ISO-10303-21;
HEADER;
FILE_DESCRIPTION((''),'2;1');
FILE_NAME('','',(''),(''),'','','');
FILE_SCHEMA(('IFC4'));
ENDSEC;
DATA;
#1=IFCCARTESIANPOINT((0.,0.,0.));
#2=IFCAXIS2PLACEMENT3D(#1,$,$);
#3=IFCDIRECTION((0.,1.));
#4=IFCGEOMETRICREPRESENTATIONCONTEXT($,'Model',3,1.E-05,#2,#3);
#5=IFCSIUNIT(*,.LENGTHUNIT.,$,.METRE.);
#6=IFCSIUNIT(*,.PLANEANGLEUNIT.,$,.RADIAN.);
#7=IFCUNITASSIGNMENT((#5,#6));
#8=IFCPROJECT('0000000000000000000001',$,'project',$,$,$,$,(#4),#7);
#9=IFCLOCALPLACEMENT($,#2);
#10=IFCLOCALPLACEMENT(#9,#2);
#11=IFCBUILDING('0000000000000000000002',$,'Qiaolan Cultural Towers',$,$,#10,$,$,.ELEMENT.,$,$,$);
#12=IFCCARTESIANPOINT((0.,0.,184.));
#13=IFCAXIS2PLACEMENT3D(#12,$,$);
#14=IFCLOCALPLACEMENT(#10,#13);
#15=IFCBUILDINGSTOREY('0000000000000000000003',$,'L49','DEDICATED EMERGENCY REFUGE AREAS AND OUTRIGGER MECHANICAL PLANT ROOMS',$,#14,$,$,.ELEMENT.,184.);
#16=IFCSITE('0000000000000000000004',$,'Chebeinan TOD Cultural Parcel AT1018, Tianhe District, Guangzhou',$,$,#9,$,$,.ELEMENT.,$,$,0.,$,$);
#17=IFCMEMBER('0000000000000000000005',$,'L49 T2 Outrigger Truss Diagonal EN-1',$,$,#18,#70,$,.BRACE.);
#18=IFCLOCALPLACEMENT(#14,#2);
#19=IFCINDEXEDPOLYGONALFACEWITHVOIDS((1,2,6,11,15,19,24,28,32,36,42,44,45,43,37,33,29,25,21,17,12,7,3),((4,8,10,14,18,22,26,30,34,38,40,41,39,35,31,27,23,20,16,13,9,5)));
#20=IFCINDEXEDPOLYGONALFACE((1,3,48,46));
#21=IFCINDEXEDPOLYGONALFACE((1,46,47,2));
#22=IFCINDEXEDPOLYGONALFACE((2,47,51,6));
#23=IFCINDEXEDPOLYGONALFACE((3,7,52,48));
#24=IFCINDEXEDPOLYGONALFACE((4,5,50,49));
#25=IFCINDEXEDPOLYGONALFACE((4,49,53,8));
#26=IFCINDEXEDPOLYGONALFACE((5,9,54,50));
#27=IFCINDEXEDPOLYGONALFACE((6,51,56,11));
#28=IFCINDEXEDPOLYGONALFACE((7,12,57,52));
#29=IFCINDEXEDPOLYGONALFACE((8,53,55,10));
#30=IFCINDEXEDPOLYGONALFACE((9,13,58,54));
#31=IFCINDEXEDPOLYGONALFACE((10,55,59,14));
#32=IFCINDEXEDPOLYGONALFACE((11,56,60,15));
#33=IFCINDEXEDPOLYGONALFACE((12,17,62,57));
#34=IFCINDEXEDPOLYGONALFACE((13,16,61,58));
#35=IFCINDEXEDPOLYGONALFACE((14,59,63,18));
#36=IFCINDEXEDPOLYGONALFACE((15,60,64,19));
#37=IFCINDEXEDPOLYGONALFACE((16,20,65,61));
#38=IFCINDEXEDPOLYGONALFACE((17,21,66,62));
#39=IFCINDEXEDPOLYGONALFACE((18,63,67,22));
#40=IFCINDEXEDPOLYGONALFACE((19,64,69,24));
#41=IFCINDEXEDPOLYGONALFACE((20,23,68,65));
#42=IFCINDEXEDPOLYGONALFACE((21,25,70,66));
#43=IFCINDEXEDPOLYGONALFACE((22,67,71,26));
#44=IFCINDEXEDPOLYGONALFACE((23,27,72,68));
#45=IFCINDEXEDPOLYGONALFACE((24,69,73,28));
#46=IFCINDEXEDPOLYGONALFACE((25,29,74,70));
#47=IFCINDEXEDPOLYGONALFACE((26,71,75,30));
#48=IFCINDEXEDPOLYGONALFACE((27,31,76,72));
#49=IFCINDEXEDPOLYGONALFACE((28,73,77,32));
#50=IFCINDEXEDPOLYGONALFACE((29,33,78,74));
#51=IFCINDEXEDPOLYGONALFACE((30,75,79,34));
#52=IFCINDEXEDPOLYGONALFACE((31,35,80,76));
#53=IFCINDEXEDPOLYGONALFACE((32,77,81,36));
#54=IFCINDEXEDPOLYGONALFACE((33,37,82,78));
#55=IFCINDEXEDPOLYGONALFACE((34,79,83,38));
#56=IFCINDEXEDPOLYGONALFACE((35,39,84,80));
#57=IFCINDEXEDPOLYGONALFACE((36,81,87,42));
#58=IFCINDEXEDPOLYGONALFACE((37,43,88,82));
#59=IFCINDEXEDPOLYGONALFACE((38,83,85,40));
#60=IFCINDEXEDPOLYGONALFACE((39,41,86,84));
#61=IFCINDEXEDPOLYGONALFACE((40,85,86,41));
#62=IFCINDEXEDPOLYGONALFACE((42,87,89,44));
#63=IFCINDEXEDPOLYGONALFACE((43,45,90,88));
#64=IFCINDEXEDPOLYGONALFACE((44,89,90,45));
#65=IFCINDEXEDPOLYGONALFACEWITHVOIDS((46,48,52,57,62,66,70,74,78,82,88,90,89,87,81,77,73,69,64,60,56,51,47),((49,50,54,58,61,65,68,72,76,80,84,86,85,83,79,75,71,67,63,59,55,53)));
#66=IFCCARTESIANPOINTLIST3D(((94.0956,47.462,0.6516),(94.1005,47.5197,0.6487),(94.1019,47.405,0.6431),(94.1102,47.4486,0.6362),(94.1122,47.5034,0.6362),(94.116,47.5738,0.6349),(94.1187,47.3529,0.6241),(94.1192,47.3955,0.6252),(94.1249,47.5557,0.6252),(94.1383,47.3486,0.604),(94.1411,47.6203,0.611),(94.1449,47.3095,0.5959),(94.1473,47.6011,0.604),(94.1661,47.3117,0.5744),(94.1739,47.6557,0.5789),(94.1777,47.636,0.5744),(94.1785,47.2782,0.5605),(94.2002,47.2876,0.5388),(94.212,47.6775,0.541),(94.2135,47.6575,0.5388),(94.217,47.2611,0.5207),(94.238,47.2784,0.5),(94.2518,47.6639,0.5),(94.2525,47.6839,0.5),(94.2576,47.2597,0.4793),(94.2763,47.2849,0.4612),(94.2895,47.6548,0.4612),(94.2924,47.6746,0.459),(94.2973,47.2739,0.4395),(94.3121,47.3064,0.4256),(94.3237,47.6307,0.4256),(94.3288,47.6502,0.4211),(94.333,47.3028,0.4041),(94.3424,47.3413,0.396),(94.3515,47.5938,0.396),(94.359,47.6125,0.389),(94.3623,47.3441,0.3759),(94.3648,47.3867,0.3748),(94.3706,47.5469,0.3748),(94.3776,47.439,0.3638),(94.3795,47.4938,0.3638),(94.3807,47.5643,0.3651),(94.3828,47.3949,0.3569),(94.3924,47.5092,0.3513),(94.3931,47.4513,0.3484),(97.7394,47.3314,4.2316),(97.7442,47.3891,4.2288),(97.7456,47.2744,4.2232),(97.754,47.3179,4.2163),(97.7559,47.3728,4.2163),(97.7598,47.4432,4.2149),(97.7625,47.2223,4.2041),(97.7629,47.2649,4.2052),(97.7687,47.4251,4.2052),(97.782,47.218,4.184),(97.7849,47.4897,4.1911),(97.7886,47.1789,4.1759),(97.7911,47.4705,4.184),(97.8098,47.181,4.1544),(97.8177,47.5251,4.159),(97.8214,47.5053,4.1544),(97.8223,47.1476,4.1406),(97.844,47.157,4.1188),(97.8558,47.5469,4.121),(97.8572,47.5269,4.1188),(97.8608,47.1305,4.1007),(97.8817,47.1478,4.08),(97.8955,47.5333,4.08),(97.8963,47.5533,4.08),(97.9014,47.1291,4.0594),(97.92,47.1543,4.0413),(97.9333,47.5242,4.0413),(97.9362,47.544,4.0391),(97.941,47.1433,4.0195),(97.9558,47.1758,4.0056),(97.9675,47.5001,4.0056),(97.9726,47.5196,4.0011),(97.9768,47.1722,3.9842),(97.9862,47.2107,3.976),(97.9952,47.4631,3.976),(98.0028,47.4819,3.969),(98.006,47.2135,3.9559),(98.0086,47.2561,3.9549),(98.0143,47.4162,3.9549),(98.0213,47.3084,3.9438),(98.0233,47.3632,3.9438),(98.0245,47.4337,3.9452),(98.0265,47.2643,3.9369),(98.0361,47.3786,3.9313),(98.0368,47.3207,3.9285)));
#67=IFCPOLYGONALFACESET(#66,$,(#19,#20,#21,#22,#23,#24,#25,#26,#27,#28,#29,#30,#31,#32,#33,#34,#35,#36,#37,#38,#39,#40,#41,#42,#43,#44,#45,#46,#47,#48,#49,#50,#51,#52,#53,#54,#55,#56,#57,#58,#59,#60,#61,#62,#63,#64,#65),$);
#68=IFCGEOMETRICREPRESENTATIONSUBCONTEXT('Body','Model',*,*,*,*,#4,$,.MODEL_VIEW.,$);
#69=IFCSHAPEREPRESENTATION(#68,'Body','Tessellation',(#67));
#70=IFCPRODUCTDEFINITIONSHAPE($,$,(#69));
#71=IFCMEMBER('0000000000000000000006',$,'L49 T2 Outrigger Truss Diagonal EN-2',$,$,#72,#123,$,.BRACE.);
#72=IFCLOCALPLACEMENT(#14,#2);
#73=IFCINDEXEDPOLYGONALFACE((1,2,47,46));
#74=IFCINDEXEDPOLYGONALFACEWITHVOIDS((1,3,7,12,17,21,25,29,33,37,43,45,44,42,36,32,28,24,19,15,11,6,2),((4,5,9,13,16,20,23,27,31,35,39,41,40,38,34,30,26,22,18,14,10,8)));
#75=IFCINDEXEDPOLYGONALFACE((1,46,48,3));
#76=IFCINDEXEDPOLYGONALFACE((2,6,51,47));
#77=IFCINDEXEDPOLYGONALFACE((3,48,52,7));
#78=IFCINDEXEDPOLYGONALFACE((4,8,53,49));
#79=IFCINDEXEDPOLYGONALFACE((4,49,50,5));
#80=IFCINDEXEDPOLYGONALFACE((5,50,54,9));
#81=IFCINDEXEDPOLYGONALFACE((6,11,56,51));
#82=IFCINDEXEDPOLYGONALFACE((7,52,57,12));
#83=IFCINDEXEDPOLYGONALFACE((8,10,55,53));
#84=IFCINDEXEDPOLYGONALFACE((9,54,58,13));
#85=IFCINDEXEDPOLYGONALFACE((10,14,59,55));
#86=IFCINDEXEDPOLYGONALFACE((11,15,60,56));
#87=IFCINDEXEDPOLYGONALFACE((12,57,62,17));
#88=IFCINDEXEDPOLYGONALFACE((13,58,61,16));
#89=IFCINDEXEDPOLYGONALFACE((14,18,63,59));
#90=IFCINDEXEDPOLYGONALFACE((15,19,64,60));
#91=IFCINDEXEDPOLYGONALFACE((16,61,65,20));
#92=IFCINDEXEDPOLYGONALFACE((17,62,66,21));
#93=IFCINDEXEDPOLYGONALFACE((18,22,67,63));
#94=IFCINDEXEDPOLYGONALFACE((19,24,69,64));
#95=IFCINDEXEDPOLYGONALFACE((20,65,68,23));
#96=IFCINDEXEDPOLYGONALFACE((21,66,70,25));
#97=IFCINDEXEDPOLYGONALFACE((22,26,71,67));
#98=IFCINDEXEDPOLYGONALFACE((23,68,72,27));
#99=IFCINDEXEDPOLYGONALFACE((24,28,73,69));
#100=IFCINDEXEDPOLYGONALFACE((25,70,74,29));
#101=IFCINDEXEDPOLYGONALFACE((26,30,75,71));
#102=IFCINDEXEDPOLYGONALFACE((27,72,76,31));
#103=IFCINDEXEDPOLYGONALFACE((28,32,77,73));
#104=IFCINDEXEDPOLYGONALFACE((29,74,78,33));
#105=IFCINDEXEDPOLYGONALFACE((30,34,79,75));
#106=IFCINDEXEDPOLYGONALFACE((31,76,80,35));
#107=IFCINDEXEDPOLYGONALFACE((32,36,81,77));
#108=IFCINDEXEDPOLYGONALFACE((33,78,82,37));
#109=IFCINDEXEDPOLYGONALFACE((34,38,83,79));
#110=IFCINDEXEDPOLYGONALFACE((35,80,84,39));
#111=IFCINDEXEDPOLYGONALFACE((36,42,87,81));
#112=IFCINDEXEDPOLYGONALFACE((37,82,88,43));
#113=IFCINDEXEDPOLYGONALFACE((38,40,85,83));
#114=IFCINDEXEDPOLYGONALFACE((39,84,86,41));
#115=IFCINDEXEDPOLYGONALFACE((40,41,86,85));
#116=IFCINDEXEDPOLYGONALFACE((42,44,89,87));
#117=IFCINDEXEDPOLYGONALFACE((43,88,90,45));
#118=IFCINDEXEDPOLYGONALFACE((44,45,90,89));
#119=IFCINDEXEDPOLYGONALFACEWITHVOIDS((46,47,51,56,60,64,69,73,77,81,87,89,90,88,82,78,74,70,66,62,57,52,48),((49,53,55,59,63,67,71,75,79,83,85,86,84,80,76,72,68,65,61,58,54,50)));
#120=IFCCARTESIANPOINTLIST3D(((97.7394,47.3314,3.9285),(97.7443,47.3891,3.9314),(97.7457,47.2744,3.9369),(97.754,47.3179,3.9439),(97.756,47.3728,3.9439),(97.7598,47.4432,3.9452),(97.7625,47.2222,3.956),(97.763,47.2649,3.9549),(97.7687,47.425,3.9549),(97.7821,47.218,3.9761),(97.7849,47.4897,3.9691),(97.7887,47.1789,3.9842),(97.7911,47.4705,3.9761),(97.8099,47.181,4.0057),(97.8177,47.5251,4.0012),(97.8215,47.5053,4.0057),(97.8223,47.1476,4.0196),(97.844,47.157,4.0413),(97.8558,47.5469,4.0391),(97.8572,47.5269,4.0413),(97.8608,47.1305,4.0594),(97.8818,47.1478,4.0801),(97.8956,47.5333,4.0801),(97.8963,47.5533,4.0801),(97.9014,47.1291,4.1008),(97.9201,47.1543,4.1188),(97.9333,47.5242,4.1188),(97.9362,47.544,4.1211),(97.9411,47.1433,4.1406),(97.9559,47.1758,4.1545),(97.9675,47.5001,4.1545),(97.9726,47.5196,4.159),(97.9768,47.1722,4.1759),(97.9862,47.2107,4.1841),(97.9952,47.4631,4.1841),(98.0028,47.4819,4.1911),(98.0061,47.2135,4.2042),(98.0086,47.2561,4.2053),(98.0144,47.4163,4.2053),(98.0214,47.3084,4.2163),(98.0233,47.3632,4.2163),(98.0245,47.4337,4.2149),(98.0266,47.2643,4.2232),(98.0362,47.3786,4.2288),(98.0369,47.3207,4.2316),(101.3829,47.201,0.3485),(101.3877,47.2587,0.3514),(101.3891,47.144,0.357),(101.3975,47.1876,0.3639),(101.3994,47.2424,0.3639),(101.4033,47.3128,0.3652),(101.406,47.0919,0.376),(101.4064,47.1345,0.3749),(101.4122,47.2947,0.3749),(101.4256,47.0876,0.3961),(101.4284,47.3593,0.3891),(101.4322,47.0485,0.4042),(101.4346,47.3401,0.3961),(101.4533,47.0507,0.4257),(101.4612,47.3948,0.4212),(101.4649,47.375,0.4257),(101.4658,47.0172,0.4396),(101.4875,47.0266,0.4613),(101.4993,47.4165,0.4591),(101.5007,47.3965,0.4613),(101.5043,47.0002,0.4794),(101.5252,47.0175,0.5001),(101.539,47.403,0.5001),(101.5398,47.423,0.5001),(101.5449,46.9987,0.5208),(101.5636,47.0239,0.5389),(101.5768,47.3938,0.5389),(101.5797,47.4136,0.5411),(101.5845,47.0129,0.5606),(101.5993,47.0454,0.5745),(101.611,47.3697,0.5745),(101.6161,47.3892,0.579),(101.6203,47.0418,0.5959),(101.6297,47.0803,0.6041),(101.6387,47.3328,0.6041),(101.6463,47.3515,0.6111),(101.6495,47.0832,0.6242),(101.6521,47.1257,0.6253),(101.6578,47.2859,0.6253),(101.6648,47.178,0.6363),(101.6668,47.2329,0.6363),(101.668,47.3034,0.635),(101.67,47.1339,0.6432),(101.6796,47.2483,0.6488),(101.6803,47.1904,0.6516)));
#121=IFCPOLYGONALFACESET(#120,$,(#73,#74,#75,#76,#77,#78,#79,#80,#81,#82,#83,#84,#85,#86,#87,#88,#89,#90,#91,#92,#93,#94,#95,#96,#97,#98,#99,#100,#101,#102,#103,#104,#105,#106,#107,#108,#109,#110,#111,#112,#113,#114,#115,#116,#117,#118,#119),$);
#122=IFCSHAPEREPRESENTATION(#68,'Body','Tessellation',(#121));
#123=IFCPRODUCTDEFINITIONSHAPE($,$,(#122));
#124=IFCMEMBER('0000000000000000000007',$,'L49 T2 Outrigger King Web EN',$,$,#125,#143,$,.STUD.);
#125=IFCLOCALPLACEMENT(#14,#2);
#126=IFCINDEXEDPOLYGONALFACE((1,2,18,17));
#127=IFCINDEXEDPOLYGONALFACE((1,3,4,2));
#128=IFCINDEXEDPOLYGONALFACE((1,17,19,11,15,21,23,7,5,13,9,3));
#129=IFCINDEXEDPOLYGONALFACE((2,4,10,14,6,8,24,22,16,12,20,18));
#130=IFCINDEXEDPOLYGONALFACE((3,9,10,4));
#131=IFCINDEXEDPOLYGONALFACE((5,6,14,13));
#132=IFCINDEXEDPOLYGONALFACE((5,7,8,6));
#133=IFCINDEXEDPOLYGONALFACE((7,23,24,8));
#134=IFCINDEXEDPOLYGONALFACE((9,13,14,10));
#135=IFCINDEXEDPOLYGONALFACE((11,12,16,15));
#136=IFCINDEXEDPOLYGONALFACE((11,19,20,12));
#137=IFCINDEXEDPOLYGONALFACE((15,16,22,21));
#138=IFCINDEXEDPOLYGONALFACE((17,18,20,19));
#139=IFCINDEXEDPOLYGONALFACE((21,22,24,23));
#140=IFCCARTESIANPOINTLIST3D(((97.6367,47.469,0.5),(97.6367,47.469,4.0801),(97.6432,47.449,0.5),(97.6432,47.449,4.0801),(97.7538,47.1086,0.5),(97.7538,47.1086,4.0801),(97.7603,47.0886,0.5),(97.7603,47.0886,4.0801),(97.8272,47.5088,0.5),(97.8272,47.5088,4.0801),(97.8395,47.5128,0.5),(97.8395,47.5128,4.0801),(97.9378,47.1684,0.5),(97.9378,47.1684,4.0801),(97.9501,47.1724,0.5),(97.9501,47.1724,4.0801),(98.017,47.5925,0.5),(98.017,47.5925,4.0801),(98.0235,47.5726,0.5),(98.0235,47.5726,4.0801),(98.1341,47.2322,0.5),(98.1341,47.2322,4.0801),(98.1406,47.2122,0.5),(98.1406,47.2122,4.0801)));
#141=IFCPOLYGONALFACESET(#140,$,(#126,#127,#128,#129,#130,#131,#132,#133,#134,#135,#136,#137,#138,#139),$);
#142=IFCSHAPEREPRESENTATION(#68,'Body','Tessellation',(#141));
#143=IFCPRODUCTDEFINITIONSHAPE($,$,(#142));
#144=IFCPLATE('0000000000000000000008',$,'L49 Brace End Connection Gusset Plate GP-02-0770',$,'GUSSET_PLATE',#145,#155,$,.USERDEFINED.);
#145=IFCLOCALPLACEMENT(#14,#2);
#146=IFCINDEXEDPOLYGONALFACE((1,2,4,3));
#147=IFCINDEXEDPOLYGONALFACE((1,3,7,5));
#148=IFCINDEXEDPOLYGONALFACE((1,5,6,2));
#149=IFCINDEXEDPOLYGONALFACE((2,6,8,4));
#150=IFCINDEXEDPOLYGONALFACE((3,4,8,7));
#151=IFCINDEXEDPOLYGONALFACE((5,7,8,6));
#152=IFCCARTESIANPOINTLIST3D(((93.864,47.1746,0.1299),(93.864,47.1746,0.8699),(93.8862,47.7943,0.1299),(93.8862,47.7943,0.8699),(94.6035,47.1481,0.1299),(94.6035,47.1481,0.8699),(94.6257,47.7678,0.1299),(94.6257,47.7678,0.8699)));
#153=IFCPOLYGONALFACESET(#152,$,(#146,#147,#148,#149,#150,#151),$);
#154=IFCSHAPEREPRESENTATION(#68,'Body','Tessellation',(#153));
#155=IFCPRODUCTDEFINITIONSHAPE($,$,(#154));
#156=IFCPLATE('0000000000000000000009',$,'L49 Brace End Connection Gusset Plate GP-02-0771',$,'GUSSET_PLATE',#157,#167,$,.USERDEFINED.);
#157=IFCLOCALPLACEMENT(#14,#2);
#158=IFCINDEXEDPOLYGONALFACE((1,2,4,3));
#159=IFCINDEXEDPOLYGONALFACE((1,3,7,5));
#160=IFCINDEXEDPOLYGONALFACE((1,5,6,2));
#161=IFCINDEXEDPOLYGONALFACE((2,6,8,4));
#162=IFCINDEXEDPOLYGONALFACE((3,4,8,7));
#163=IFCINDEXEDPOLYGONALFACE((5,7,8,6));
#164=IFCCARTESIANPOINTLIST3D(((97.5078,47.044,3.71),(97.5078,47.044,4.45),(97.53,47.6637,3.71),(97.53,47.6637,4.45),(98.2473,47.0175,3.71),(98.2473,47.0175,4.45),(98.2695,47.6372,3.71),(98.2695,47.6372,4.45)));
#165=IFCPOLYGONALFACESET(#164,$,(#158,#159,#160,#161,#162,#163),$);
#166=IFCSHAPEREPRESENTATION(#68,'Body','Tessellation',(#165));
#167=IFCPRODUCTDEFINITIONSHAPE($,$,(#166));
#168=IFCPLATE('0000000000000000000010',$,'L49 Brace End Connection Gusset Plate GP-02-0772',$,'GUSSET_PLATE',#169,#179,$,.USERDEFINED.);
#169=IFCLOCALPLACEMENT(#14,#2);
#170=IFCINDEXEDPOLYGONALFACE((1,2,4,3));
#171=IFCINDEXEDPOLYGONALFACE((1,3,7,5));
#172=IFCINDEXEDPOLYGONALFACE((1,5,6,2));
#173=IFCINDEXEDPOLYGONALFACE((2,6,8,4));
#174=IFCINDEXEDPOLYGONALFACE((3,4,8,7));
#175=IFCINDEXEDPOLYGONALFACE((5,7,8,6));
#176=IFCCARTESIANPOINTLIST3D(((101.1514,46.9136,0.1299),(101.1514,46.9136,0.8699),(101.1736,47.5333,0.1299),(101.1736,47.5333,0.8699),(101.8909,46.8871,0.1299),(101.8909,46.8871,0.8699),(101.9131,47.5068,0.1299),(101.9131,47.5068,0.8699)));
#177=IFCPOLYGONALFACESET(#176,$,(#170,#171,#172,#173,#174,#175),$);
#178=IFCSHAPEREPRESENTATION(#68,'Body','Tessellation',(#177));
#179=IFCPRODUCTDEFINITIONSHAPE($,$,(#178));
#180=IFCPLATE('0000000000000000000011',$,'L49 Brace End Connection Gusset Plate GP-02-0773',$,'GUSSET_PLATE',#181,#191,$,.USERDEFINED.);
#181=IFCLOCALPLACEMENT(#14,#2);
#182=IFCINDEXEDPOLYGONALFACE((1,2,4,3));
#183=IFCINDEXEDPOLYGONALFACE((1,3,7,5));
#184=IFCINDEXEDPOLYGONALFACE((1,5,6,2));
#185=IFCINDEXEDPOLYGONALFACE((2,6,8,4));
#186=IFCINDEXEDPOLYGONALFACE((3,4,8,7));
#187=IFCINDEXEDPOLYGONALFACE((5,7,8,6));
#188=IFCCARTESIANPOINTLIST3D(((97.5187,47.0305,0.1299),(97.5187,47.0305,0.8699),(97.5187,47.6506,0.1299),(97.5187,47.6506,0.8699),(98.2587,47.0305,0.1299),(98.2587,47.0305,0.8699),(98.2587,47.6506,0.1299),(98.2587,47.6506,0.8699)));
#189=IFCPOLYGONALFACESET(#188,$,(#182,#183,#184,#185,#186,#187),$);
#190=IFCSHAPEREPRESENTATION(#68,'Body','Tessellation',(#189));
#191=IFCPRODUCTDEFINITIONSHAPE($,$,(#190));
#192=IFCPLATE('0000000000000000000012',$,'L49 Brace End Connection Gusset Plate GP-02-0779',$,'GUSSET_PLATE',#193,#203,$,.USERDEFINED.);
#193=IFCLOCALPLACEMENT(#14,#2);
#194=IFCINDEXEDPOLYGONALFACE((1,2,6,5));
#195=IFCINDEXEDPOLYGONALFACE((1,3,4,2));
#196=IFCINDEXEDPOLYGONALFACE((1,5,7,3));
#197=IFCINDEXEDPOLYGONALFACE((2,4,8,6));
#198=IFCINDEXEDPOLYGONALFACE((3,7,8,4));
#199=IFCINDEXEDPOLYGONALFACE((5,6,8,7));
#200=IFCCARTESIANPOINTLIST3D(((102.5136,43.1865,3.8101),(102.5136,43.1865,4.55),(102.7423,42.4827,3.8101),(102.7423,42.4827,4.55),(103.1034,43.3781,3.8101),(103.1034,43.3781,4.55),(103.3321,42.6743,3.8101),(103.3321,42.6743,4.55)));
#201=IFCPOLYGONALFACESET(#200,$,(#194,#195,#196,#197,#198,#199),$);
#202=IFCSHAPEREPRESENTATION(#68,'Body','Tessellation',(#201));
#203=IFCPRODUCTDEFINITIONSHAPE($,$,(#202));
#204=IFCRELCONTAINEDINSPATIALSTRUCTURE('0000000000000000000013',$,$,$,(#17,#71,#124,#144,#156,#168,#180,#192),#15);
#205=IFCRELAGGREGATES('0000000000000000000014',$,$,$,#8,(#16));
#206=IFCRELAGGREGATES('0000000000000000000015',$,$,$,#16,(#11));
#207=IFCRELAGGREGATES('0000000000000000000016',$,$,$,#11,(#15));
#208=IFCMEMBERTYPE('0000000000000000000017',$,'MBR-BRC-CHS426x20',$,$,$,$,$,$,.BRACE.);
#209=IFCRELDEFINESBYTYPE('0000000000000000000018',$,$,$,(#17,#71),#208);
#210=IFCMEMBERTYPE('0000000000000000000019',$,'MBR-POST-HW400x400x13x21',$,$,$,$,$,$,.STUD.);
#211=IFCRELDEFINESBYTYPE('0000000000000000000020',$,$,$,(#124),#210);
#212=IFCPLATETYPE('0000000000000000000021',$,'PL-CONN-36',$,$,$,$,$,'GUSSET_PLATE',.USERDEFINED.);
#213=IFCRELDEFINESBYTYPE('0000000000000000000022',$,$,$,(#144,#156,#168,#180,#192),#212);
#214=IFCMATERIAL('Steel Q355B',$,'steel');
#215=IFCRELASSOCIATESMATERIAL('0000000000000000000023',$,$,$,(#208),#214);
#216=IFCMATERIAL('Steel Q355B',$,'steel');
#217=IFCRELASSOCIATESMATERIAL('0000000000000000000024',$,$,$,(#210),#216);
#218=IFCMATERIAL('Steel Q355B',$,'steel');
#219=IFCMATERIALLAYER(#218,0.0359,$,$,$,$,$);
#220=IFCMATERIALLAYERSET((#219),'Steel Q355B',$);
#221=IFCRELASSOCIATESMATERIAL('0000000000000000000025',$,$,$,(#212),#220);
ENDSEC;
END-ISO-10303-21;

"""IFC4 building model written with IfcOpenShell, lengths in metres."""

from ifc_helpers import new_model, si_unit, direction, frame, origin, origin_2d, place, context, subcontext, project, spatial, rectangle, hollow_circle, i_section, extrude, material, layer, layer_set, material_profile, profile_set, type_object, element, save


model = new_model("IFC4")

# Units and contexts
model_context = context("Model", 3, precision=1e-05, world=origin(), true_north=direction((0.0, 1.0)))
body_context = subcontext(model_context, "Body", "Model", "MODEL_VIEW")
ifc_project = project(units=[si_unit("LENGTHUNIT", "METRE"), si_unit("PLANEANGLEUNIT", "RADIAN")], contexts=[model_context])

# Site, building, storey
site_placement = place(None, origin())
site = spatial("IfcSite", under=ifc_project, at=site_placement, Name="Chebeinan TOD Cultural Parcel AT1018, Tianhe District, Guangzhou", CompositionType="ELEMENT", RefElevation=0.0)
building_placement = place(site_placement, origin())
building = spatial("IfcBuilding", under=site, at=building_placement, Name="Qiaolan Cultural Towers", CompositionType="ELEMENT")
storey_placement = place(building_placement, frame((0.0, 0.0, 184.0)))
storey = spatial("IfcBuildingStorey", under=building, at=storey_placement, Name="L49", Description="DEDICATED EMERGENCY REFUGE AREAS AND OUTRIGGER MECHANICAL PLANT ROOMS", CompositionType="ELEMENT", Elevation=184.0)

# Members
ifc_material_1 = material(Name="Steel Q355B", Category="steel")
ifc_material_profile_1 = material_profile(ifc_material_1, hollow_circle(Radius=0.2129, WallThickness=0.02, at=origin_2d()), Name="CHS426x20")
ifc_profile_set_1 = profile_set([ifc_material_profile_1], Name="Steel Q355B")
member_type_1 = type_object("IfcMemberType", Name="MBR-BRC-CHS426x20", PredefinedType="BRACE", material=ifc_profile_set_1)
member_1_placement = place(storey_placement, frame((94.2449, 47.4712, 0.5), z_axis=(0.713083, -0.025561, 0.700613), x_axis=(0.035823, 0.999358, 0.0)))
element("IfcMember", 1, at=member_1_placement, inside=storey, type_object=member_type_1, Name="L49 T2 Outrigger Truss Diagonal EN-1", PredefinedType="BRACE", context=body_context, shape_type="SweptSolid", body=[
    extrude(hollow_circle(Radius=0.2129, WallThickness=0.02, at=origin_2d()), origin(), (0.0, 0.0, 1.0), 5.1099),
])
member_2_placement = place(storey_placement, frame((97.8887, 47.3406, 4.0801), z_axis=(0.713061, -0.025514, -0.700638), x_axis=(0.035758, 0.99936, 0.0)))
element("IfcMember", 2, at=member_2_placement, inside=storey, type_object=member_type_1, Name="L49 T2 Outrigger Truss Diagonal EN-2", PredefinedType="BRACE", context=body_context, shape_type="SweptSolid", body=[
    extrude(hollow_circle(Radius=0.2129, WallThickness=0.02, at=origin_2d()), origin(), (0.0, 0.0, 1.0), 5.1096),
])
ifc_material_2 = material(Name="Steel Q355B", Category="steel")
ifc_material_profile_2 = material_profile(ifc_material_2, i_section(OverallWidth=0.3999, OverallDepth=0.3999, WebThickness=0.0129, FlangeThickness=0.021, at=origin_2d()), Name="HW400x400x13x21")
ifc_profile_set_2 = profile_set([ifc_material_profile_2], Name="Steel Q355B")
member_type_2 = type_object("IfcMemberType", Name="MBR-POST-HW400x400x13x21", PredefinedType="STUD", material=ifc_profile_set_2)
member_3_placement = place(storey_placement, frame((97.8887, 47.3406, 0.5), z_axis=(0.0, 0.0, 1.0), x_axis=(0.951057, 0.309017, 0.0)))
element("IfcMember", 3, at=member_3_placement, inside=storey, type_object=member_type_2, Name="L49 T2 Outrigger King Web EN", PredefinedType="STUD", context=body_context, shape_type="SweptSolid", body=[
    extrude(i_section(OverallWidth=0.3999, OverallDepth=0.3999, WebThickness=0.0129, FlangeThickness=0.021, at=origin_2d()), origin(), (0.0, 0.0, 1.0), 3.5801),
])

# Plates
ifc_material_3 = material(Name="Steel Q355B", Category="steel")
ifc_layer_1 = layer(ifc_material_3, 0.0359)
ifc_layer_set_1 = layer_set([ifc_layer_1], Name="Steel Q355B")
plate_type_1 = type_object("IfcPlateType", Name="PL-CONN-36", ElementType="GUSSET_PLATE", PredefinedType="USERDEFINED", material=ifc_layer_set_1)
for number, where, z_axis, x_axis, name in (
    (4, (94.2449, 47.4712, 0.1299), (0.0, 0.0, 1.0), (-0.99936, 0.035776, 0.0), "L49 Brace End Connection Gusset Plate GP-02-0770"),
    (5, (97.8887, 47.3406, 3.71), (0.0, 0.0, 1.0), (-0.99936, 0.035776, 0.0), "L49 Brace End Connection Gusset Plate GP-02-0771"),
    (6, (101.5322, 47.2102, 0.1299), (0.0, 0.0, 1.0), (-0.99936, 0.035776, 0.0), "L49 Brace End Connection Gusset Plate GP-02-0772"),
    (7, (97.8887, 47.3406, 0.1299), (0.0, 0.0, 1.0), (1.0, 0.0, 0.0), "L49 Brace End Connection Gusset Plate GP-02-0773"),
    (8, (102.9229, 42.9304, 3.8101), (0.0, 0.0, 1.0), (-0.309017, 0.951057, 0.0), "L49 Brace End Connection Gusset Plate GP-02-0779"),
):
    element("IfcPlate", number, at=place(storey_placement, frame(where, z_axis=z_axis, x_axis=x_axis)), inside=storey, type_object=plate_type_1, Name=name, ObjectType="GUSSET_PLATE", PredefinedType="USERDEFINED", context=body_context, shape_type="SweptSolid", body=[
        extrude(rectangle(XDim=0.74, YDim=0.6201, at=origin_2d()), origin(), (0.0, 0.0, 1.0), 0.74),
    ])

save(model, "model.ifc")
